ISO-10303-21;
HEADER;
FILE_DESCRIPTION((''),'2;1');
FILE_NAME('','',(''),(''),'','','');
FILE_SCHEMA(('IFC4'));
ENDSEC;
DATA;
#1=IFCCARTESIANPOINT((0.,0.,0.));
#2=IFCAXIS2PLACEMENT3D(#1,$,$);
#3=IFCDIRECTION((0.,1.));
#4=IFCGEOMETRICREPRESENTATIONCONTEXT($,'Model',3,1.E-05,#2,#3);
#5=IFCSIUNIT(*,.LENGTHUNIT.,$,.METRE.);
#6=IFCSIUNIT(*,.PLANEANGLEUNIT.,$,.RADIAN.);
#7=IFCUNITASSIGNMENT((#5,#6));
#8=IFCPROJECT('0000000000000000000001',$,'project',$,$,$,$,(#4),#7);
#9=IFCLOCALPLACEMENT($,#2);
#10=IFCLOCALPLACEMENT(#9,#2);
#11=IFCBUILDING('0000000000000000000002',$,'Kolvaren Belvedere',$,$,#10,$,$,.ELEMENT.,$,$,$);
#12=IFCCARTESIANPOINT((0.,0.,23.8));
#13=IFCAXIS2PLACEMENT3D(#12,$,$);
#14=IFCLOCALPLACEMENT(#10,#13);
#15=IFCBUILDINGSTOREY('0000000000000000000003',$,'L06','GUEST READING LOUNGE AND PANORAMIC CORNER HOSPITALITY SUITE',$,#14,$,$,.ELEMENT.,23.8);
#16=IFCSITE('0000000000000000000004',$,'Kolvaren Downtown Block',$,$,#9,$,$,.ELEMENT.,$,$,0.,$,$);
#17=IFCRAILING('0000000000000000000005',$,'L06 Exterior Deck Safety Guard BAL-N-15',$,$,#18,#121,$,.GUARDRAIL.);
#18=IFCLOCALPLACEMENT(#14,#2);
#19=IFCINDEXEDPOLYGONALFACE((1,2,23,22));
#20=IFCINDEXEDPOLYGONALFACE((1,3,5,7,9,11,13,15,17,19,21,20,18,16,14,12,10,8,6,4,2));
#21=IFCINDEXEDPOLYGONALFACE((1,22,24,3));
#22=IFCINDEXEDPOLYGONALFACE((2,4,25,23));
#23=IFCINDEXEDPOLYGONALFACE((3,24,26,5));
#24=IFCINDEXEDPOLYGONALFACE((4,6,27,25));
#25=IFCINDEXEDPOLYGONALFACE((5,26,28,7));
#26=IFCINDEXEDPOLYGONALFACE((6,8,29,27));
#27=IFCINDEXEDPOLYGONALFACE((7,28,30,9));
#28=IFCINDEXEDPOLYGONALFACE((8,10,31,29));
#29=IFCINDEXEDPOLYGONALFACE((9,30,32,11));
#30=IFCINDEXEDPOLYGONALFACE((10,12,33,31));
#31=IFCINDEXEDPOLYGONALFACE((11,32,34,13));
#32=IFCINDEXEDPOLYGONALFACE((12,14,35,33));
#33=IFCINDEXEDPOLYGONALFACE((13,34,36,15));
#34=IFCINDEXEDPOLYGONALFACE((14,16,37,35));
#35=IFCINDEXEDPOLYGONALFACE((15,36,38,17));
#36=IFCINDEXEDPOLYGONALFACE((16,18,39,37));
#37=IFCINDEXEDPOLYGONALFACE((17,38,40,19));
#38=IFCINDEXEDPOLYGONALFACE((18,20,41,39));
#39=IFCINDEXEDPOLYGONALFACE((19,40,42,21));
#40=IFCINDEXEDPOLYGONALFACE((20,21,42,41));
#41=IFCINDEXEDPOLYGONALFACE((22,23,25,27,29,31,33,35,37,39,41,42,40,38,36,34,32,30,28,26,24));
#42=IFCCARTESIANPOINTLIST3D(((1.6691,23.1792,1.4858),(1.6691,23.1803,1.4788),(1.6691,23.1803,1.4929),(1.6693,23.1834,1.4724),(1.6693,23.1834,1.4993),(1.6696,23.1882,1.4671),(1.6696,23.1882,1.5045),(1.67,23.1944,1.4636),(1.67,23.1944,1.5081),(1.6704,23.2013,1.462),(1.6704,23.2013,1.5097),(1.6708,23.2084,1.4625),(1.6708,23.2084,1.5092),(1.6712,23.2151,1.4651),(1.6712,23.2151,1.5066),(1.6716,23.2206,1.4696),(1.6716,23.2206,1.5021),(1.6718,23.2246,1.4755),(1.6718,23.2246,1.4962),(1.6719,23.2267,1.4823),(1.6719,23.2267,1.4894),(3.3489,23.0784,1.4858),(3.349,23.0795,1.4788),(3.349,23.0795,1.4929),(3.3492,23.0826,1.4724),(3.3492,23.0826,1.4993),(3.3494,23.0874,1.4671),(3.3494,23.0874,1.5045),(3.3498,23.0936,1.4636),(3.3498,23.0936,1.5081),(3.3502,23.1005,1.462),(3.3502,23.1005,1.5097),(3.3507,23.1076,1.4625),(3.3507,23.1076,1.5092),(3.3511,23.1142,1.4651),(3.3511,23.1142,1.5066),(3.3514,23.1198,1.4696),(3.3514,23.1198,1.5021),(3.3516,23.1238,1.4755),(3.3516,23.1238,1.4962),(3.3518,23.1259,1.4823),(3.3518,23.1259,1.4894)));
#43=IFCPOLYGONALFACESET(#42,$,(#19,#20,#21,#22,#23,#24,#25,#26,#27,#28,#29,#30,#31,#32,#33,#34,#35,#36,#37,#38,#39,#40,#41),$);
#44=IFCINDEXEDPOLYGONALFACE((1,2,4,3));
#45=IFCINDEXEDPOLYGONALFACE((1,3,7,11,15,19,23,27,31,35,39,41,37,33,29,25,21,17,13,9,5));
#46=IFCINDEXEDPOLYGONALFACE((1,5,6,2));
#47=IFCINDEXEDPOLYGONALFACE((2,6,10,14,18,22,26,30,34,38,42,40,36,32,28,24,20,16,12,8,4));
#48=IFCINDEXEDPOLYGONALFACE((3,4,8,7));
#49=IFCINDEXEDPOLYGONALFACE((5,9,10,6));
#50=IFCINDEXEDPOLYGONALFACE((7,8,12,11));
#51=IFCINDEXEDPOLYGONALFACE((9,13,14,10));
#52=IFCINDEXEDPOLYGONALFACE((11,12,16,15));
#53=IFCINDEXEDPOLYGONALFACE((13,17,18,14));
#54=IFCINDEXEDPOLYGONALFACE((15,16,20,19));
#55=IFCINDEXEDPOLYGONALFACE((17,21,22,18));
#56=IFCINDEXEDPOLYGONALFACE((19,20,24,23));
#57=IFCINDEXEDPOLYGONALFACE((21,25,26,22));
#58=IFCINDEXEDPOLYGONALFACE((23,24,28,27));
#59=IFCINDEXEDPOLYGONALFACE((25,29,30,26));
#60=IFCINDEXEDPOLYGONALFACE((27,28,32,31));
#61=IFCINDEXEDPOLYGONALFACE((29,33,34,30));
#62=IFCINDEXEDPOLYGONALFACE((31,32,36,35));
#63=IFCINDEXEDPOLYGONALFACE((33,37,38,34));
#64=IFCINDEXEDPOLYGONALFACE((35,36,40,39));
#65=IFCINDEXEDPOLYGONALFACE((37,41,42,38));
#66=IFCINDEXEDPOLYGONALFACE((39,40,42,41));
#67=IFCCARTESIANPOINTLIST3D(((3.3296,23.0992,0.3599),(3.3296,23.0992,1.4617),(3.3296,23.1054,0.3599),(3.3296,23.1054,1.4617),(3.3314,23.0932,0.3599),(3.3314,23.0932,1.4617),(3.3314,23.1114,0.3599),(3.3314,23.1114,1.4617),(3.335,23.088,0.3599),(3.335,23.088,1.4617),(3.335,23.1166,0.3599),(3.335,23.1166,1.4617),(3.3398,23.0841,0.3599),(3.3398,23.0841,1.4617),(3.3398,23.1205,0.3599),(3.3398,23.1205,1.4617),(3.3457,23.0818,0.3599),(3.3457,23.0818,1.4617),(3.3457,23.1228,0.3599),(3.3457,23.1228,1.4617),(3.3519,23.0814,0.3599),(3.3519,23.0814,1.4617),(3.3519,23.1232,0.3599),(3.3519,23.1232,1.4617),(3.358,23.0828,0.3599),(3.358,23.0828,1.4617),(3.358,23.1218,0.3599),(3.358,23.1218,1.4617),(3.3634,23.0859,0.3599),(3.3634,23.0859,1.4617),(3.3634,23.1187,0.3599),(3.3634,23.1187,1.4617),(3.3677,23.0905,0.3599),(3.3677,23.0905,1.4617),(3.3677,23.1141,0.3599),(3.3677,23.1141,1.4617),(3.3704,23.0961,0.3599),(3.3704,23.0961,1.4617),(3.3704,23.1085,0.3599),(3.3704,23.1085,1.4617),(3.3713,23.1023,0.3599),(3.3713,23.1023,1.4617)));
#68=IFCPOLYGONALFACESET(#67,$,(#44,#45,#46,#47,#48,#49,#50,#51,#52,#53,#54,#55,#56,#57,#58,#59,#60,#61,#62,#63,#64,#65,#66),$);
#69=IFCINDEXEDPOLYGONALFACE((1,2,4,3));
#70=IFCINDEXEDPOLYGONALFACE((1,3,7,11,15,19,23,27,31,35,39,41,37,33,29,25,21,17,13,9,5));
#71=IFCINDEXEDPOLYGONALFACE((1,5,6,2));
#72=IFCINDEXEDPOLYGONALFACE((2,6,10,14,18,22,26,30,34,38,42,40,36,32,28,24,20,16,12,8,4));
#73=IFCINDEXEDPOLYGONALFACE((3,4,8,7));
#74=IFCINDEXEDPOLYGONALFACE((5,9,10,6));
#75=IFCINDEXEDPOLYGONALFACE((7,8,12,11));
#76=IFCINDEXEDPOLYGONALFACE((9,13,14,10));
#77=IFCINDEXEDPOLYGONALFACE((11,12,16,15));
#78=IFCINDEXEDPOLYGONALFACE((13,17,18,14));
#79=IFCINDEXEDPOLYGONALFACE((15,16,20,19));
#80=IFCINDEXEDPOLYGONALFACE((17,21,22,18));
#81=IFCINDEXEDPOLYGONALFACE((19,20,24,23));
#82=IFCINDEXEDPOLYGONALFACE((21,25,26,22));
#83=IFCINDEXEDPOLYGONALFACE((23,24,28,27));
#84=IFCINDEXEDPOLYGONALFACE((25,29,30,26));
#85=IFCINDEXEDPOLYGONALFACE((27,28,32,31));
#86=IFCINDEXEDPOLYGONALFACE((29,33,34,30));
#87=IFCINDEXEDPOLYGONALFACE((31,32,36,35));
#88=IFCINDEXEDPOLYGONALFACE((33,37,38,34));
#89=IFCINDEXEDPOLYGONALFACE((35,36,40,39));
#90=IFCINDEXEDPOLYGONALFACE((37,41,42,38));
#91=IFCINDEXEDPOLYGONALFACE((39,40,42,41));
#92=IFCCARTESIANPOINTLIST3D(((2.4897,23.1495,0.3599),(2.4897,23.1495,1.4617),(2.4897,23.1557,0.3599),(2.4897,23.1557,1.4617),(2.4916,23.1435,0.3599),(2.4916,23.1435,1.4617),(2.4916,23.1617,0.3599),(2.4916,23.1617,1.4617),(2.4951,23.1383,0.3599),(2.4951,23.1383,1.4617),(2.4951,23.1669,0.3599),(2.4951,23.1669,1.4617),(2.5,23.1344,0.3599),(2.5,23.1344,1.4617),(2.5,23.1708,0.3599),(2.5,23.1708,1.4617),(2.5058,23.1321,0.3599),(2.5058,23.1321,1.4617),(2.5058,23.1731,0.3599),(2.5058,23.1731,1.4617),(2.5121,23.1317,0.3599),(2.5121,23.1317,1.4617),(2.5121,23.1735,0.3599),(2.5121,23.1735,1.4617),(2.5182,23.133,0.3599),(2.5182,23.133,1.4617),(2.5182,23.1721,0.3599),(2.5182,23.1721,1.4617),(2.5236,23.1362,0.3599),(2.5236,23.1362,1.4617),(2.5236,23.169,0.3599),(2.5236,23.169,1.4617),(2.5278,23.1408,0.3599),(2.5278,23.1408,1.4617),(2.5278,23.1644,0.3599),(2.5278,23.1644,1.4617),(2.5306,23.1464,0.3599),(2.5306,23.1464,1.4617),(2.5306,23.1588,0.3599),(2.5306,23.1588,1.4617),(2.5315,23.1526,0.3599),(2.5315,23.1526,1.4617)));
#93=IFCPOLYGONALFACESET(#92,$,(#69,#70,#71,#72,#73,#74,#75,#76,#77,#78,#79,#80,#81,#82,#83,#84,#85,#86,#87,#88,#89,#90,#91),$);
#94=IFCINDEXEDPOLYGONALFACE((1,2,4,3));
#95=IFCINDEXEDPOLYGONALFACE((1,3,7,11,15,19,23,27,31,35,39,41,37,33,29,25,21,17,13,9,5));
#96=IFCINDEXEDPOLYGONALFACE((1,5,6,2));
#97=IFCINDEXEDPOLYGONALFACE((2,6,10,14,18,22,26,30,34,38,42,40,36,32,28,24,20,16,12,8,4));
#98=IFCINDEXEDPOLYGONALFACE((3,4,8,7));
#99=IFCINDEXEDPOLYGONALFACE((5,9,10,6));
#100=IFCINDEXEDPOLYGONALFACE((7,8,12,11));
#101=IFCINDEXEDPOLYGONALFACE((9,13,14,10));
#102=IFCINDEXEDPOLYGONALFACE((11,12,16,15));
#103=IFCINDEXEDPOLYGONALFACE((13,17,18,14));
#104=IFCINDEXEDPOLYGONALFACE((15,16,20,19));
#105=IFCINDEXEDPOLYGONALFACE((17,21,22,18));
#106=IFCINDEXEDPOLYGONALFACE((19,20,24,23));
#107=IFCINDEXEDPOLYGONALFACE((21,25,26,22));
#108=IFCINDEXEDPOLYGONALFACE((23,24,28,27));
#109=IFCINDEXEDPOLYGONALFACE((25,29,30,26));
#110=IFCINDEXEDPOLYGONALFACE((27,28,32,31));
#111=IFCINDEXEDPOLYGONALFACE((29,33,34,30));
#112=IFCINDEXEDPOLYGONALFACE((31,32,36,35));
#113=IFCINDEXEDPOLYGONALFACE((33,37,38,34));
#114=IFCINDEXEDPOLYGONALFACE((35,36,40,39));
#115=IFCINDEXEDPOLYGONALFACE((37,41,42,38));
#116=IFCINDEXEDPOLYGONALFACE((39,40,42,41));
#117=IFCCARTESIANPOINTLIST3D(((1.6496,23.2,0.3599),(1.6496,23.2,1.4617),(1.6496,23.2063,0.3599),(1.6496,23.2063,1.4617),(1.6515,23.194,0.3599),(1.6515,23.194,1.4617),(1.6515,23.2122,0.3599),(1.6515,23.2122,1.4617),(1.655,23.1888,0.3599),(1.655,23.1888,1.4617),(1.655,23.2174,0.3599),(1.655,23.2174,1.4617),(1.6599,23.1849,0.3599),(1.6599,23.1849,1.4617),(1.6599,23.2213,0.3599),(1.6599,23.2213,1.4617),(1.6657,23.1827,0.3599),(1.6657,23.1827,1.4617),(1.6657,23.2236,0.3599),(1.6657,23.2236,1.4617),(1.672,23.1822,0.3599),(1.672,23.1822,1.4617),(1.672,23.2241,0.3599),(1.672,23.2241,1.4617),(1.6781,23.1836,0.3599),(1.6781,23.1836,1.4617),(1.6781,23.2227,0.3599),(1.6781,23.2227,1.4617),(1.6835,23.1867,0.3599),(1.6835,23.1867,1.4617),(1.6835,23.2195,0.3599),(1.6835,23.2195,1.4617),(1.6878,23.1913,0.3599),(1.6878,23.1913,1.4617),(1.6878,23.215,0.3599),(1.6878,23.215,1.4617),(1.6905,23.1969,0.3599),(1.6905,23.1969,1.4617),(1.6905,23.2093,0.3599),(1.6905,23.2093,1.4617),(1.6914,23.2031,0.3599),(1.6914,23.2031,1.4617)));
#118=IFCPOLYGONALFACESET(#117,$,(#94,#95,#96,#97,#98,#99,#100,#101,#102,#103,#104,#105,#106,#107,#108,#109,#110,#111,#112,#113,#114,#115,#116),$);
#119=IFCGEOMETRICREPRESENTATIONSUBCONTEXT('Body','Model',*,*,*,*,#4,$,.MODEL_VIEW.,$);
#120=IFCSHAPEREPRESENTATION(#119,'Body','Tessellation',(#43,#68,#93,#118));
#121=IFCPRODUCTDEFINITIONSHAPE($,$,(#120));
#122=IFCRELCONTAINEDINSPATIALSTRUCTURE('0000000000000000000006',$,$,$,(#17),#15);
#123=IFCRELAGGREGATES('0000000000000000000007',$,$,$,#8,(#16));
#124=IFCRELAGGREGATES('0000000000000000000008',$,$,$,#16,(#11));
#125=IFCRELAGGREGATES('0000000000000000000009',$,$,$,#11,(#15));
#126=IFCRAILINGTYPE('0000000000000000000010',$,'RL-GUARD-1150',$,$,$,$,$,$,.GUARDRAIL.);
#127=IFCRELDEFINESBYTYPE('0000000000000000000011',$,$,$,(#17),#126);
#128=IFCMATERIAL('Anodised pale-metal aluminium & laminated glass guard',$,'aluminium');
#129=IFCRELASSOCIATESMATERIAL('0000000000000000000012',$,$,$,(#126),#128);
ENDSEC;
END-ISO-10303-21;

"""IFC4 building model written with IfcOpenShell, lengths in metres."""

from ifc_helpers import new_model, si_unit, direction, frame, origin, origin_2d, place, context, subcontext, project, spatial, circle, extrude, material, type_object, element, save


model = new_model("IFC4")

# Units and contexts
model_context = context("Model", 3, precision=1e-05, world=origin(), true_north=direction((0.0, 1.0)))
body_context = subcontext(model_context, "Body", "Model", "MODEL_VIEW")
ifc_project = project(units=[si_unit("LENGTHUNIT", "METRE"), si_unit("PLANEANGLEUNIT", "RADIAN")], contexts=[model_context])

# Site, building, storey
site_placement = place(None, origin())
site = spatial("IfcSite", under=ifc_project, at=site_placement, Name="Kolvaren Downtown Block", CompositionType="ELEMENT", RefElevation=0.0)
building_placement = place(site_placement, origin())
building = spatial("IfcBuilding", under=site, at=building_placement, Name="Kolvaren Belvedere", CompositionType="ELEMENT")
storey_placement = place(building_placement, frame((0.0, 0.0, 23.8)))
storey = spatial("IfcBuildingStorey", under=building, at=storey_placement, Name="L06", Description="GUEST READING LOUNGE AND PANORAMIC CORNER HOSPITALITY SUITE", CompositionType="ELEMENT", Elevation=23.8)

# Railing
ifc_material_1 = material(Name="Anodised pale-metal aluminium & laminated glass guard", Category="aluminium")
railing_type = type_object("IfcRailingType", Name="RL-GUARD-1150", PredefinedType="GUARDRAIL", material=ifc_material_1)
railing_1_placement = place(storey_placement, frame((3.3503, 23.1023, 0.3599)))
element("IfcRailing", 1, at=railing_1_placement, inside=storey, type_object=railing_type, Name="L06 Exterior Deck Safety Guard BAL-N-15", PredefinedType="GUARDRAIL", context=body_context, shape_type="SweptSolid", body=[
    extrude(circle(Radius=0.0239, at=origin_2d()), frame((0.0, 0.0, 1.126), z_axis=(-0.998204, 0.059913, 0.0), x_axis=(-0.059913, -0.998204, 0.0)), (0.0, 0.0, 1.0), 1.6829),
    extrude(circle(Radius=0.021, at=origin_2d()), origin(), (0.0, 0.0, 1.0), 1.1018),
    extrude(circle(Radius=0.021, at=origin_2d()), frame((-0.8398, 0.0503, 0.0)), (0.0, 0.0, 1.0), 1.1018),
    extrude(circle(Radius=0.021, at=origin_2d()), frame((-1.6799, 0.1008, 0.0)), (0.0, 0.0, 1.0), 1.1018),
])

save(model, "model.ifc")
